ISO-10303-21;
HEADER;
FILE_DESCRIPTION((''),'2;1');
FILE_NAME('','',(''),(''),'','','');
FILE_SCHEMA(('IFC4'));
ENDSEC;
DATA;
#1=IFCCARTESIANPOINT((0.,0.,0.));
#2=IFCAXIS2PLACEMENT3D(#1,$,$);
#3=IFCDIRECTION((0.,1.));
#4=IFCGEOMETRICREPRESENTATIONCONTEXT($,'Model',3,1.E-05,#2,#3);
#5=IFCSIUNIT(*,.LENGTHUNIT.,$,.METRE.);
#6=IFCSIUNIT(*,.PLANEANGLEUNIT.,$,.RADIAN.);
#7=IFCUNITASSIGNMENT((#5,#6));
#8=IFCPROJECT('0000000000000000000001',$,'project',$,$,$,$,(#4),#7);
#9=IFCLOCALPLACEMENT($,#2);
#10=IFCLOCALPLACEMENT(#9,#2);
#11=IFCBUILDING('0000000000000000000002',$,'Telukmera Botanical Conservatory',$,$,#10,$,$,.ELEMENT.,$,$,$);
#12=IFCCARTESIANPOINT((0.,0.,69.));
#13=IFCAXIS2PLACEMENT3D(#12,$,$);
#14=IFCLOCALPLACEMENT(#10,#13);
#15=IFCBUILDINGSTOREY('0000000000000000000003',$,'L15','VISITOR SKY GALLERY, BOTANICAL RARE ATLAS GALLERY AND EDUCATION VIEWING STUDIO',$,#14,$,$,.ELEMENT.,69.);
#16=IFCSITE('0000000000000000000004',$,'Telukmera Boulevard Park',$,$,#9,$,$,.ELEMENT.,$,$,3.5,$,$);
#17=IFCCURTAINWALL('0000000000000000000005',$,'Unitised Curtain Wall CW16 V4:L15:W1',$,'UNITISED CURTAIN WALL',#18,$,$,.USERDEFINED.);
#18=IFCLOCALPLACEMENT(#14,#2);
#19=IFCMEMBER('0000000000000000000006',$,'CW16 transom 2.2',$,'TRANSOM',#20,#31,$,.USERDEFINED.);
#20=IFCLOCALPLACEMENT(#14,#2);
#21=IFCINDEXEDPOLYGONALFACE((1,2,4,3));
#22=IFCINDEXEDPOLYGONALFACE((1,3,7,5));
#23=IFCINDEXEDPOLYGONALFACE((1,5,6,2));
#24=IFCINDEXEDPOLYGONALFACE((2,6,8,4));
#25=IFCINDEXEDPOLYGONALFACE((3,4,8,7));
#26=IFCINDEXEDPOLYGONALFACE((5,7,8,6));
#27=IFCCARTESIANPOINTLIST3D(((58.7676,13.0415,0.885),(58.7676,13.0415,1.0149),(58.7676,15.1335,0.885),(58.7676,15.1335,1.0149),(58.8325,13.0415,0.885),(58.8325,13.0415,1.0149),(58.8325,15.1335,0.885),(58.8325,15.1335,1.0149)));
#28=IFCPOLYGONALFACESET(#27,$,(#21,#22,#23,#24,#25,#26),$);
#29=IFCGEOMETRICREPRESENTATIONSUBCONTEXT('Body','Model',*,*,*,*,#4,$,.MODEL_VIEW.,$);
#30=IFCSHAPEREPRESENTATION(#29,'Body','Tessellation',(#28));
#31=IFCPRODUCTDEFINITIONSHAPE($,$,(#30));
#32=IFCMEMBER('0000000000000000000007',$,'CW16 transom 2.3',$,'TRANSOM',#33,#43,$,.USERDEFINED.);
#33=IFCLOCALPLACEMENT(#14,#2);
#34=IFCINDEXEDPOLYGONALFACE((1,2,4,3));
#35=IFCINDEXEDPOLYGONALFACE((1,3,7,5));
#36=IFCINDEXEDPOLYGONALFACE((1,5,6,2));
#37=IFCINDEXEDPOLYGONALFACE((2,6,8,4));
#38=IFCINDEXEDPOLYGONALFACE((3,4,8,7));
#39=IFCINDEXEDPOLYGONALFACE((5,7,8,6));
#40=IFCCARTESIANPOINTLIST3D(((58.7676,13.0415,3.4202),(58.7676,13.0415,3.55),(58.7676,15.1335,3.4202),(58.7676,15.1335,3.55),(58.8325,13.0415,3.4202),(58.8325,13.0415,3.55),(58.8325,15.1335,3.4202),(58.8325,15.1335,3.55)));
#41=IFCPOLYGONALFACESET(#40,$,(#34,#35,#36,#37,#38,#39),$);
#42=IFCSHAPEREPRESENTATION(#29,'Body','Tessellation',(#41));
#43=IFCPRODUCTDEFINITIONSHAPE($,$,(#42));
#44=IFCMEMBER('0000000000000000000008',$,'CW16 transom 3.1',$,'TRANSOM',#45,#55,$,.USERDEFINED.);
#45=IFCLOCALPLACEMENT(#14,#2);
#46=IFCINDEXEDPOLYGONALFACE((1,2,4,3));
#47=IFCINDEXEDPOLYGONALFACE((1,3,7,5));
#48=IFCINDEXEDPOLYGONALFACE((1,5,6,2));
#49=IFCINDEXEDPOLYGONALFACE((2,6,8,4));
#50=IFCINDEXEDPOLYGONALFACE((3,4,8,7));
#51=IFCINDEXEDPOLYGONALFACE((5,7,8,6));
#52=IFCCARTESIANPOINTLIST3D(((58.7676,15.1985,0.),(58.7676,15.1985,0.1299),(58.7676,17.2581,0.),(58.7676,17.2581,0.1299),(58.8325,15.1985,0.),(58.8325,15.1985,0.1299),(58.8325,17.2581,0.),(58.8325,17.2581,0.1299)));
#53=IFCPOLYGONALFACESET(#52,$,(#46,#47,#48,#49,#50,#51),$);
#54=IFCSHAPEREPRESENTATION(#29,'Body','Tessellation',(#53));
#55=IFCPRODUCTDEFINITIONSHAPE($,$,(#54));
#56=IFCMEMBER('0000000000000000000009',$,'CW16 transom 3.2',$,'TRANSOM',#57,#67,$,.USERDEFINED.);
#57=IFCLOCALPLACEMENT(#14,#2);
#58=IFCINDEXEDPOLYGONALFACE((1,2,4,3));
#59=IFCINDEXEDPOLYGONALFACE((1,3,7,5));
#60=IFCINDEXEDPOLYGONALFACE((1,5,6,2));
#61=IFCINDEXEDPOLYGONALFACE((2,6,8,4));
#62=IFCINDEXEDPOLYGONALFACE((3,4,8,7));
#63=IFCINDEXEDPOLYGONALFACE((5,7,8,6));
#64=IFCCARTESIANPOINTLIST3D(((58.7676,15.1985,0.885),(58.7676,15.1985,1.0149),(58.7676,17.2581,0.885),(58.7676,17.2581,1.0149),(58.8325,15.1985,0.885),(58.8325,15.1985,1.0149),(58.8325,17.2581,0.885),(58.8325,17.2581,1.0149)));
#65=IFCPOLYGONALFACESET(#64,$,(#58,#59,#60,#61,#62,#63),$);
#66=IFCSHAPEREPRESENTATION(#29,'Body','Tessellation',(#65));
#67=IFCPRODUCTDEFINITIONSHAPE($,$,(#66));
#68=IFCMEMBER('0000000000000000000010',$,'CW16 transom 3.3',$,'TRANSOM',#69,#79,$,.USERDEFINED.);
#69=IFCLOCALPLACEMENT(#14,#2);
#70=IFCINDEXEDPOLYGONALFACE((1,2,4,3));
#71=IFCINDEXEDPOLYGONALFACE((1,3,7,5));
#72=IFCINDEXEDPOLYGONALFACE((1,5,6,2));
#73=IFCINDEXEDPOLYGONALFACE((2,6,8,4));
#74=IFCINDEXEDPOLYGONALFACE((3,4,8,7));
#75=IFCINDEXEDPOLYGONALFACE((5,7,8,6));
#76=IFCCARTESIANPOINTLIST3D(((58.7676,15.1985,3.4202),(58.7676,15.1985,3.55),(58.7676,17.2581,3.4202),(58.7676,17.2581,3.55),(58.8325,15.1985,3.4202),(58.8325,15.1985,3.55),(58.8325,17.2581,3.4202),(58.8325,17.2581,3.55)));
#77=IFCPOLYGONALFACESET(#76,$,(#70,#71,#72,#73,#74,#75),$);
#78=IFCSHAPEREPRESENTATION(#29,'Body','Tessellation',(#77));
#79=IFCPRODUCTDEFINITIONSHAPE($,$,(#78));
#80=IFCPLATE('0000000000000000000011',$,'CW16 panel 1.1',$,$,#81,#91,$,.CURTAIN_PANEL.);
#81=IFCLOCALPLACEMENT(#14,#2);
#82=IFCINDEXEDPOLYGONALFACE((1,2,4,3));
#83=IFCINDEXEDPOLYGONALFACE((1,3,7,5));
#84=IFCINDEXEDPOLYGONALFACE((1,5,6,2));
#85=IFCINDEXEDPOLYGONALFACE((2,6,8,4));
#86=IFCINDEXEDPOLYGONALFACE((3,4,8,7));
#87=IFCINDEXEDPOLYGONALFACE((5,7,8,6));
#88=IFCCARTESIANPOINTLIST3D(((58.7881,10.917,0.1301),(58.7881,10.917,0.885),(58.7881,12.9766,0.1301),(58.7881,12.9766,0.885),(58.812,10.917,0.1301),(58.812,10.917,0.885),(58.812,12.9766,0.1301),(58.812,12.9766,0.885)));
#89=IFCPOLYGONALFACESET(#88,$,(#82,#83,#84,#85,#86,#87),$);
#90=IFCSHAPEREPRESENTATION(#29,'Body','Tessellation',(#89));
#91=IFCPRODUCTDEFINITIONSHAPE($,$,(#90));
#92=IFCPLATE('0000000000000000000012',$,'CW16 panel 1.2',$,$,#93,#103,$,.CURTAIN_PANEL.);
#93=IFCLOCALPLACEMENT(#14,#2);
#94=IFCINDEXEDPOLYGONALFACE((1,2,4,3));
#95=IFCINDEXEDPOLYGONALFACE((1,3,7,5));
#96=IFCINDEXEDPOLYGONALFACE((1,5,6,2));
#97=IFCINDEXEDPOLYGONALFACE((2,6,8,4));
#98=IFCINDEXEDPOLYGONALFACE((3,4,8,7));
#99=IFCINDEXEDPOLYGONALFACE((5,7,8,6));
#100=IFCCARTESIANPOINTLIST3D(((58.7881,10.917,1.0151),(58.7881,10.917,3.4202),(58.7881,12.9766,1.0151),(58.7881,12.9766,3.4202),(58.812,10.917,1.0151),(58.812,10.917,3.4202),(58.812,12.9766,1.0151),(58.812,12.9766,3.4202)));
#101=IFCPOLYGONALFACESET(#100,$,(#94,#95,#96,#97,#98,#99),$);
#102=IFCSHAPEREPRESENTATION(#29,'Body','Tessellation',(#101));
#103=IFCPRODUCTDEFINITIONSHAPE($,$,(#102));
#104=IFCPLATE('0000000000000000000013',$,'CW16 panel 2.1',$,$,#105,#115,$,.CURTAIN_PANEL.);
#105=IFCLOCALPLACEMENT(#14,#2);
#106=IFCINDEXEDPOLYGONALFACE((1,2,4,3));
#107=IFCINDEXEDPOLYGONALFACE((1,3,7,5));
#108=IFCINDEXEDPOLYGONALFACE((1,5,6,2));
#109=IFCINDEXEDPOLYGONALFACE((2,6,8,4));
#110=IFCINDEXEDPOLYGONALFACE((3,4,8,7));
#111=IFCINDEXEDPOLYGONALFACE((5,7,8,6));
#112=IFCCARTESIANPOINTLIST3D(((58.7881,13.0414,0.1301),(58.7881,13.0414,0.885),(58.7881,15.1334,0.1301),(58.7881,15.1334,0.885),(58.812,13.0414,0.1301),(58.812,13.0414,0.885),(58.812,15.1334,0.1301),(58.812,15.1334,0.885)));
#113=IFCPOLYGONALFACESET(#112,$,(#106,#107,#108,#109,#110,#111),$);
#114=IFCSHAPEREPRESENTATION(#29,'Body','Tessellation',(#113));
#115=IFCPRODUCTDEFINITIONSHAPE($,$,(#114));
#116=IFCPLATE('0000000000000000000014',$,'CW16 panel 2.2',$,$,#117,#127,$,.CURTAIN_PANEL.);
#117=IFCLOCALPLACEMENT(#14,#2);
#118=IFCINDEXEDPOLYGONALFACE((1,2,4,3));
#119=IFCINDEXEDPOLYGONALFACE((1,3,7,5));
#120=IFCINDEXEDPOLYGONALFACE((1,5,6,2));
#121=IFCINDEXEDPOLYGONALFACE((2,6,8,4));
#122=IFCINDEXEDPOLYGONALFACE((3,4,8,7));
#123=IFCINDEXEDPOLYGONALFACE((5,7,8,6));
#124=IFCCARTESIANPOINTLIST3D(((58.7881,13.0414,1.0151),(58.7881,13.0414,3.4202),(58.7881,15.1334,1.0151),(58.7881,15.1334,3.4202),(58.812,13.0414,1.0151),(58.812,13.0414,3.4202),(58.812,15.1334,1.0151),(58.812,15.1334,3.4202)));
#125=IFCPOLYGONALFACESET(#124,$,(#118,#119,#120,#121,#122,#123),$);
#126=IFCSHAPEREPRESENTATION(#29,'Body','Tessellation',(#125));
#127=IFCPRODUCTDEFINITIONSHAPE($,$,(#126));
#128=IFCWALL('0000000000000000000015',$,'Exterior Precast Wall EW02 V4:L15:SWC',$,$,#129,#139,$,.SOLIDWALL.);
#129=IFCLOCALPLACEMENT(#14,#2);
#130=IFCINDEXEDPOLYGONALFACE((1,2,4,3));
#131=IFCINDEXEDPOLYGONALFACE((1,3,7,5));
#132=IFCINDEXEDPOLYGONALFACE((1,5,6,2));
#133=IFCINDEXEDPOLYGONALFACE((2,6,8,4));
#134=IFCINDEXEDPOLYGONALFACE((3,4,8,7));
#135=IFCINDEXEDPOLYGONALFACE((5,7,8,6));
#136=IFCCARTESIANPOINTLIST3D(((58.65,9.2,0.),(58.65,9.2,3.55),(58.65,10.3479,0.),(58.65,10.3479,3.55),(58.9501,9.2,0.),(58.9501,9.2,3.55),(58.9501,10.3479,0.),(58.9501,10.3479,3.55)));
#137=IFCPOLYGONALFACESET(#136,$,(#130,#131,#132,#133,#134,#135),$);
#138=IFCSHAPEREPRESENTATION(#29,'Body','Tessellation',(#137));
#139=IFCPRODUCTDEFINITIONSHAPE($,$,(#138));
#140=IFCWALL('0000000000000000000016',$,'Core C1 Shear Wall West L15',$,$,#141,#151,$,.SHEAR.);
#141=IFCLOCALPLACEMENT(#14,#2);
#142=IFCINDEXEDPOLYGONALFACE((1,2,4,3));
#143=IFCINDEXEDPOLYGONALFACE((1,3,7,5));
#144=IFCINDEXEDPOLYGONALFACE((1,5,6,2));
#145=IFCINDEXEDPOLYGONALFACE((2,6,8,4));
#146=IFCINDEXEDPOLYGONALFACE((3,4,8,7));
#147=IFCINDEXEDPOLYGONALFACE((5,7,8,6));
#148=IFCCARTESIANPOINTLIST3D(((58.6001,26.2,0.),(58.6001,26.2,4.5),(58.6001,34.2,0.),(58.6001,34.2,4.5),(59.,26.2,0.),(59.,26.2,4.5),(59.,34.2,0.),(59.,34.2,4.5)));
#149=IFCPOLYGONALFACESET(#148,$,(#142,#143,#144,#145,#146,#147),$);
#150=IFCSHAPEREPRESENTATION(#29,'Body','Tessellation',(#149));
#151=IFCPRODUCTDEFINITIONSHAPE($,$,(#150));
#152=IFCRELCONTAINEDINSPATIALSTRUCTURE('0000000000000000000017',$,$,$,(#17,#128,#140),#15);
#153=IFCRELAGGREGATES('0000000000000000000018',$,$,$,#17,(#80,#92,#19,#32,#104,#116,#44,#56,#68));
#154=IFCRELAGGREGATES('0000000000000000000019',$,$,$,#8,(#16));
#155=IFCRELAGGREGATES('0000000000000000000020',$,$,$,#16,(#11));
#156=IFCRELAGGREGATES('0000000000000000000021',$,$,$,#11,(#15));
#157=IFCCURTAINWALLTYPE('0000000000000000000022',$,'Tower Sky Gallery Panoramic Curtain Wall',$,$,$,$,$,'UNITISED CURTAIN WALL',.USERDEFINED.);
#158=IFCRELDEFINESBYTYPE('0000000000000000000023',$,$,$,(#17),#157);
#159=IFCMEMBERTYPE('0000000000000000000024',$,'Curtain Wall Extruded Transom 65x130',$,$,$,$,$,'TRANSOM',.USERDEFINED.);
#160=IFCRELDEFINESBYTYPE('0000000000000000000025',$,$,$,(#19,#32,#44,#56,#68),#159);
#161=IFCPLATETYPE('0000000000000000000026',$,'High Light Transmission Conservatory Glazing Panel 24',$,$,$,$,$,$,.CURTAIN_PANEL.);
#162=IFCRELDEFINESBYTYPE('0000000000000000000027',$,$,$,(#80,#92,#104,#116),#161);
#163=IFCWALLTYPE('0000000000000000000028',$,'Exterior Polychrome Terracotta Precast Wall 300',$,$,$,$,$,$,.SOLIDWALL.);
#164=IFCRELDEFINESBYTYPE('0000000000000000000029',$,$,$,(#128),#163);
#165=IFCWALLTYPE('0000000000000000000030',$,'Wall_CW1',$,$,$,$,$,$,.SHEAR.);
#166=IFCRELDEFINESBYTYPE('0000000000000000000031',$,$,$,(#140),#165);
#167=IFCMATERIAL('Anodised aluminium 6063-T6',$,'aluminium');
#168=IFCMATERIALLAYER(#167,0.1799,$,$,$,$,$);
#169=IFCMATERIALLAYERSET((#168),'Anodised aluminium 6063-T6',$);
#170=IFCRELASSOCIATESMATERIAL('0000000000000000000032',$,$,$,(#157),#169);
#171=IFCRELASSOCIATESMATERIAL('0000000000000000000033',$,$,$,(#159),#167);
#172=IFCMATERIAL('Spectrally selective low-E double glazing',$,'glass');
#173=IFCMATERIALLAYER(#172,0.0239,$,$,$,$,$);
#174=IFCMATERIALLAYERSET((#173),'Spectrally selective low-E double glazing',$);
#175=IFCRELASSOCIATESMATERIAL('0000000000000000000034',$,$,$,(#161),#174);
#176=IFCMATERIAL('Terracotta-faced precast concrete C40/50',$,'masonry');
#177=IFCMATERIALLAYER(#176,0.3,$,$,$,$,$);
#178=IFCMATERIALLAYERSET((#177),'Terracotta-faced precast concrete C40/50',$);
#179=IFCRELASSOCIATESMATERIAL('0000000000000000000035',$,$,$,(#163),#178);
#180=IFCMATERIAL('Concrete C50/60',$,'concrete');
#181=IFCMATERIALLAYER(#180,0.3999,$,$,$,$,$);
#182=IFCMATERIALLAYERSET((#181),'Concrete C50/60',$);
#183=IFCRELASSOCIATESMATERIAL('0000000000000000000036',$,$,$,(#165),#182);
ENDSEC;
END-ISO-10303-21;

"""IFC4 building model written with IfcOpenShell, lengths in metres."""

from ifc_helpers import new_model, si_unit, direction, frame, frame_2d, origin, origin_2d, place, context, subcontext, project, spatial, rectangle, extrude, material, layer, layer_set, material_profile, profile_set, type_object, element, aggregate, save


model = new_model("IFC4")

# Units and contexts
model_context = context("Model", 3, precision=1e-05, world=origin(), true_north=direction((0.0, 1.0)))
body_context = subcontext(model_context, "Body", "Model", "MODEL_VIEW")
ifc_project = project(units=[si_unit("LENGTHUNIT", "METRE"), si_unit("PLANEANGLEUNIT", "RADIAN")], contexts=[model_context])

# Site, building, storey
site_placement = place(None, origin())
site = spatial("IfcSite", under=ifc_project, at=site_placement, Name="Telukmera Boulevard Park", CompositionType="ELEMENT", RefElevation=3.5)
building_placement = place(site_placement, origin())
building = spatial("IfcBuilding", under=site, at=building_placement, Name="Telukmera Botanical Conservatory", CompositionType="ELEMENT")
storey_placement = place(building_placement, frame((0.0, 0.0, 69.0)))
storey = spatial("IfcBuildingStorey", under=building, at=storey_placement, Name="L15", Description="VISITOR SKY GALLERY, BOTANICAL RARE ATLAS GALLERY AND EDUCATION VIEWING STUDIO", CompositionType="ELEMENT", Elevation=69.0)

# Shared definitions
ifc_material_1 = material(Name="Concrete C50/60", Category="concrete")

# Curtain wall, members, plates
ifc_material_2 = material(Name="Anodised aluminium 6063-T6", Category="aluminium")
ifc_layer_1 = layer(ifc_material_2, 0.1799)
ifc_layer_set_1 = layer_set([ifc_layer_1], Name="Anodised aluminium 6063-T6")
curtain_wall_type = type_object("IfcCurtainWallType", Name="Tower Sky Gallery Panoramic Curtain Wall", ElementType="UNITISED CURTAIN WALL", PredefinedType="USERDEFINED", material=ifc_layer_set_1)
curtain_wall_placement = place(storey_placement, origin())
curtain_wall = element("IfcCurtainWall", 1, at=curtain_wall_placement, inside=storey, type_object=curtain_wall_type, Name="Unitised Curtain Wall CW16 V4:L15:W1", ObjectType="UNITISED CURTAIN WALL", PredefinedType="USERDEFINED")
ifc_material_profile_1 = material_profile(ifc_material_2, rectangle(XDim=0.0649, YDim=0.1299, at=origin_2d()), Name="ALU TRAN 65x130")
ifc_profile_set_1 = profile_set([ifc_material_profile_1], Name="Anodised aluminium 6063-T6")
member_type_1 = type_object("IfcMemberType", Name="Curtain Wall Extruded Transom 65x130", ElementType="TRANSOM", PredefinedType="USERDEFINED", material=ifc_profile_set_1)
member_1_placement = place(storey_placement, frame((58.8, 13.0415, 0.95), z_axis=(0.0, 1.0, 0.0), x_axis=(-1.0, 0.0, 0.0)))
member_1 = element("IfcMember", 2, at=member_1_placement, type_object=member_type_1, Name="CW16 transom 2.2", ObjectType="TRANSOM", PredefinedType="USERDEFINED", context=body_context, shape_type="SweptSolid", body=[
    extrude(rectangle(XDim=0.0649, YDim=0.1299, at=origin_2d()), origin(), (0.0, 0.0, 1.0), 2.092),
])
member_2_placement = place(storey_placement, frame((58.8, 13.0415, 3.4851), z_axis=(0.0, 1.0, 0.0), x_axis=(-1.0, 0.0, 0.0)))
member_2 = element("IfcMember", 3, at=member_2_placement, type_object=member_type_1, Name="CW16 transom 2.3", ObjectType="TRANSOM", PredefinedType="USERDEFINED", context=body_context, shape_type="SweptSolid", body=[
    extrude(rectangle(XDim=0.0649, YDim=0.1299, at=origin_2d()), origin(), (0.0, 0.0, 1.0), 2.092),
])
member_3_placement = place(storey_placement, frame((58.8, 15.1985, 0.0649), z_axis=(0.0, 1.0, 0.0), x_axis=(-1.0, 0.0, 0.0)))
member_3 = element("IfcMember", 4, at=member_3_placement, type_object=member_type_1, Name="CW16 transom 3.1", ObjectType="TRANSOM", PredefinedType="USERDEFINED", context=body_context, shape_type="SweptSolid", body=[
    extrude(rectangle(XDim=0.0649, YDim=0.1299, at=origin_2d()), origin(), (0.0, 0.0, 1.0), 2.0596),
])
member_4_placement = place(storey_placement, frame((58.8, 15.1985, 0.95), z_axis=(0.0, 1.0, 0.0), x_axis=(-1.0, 0.0, 0.0)))
member_4 = element("IfcMember", 5, at=member_4_placement, type_object=member_type_1, Name="CW16 transom 3.2", ObjectType="TRANSOM", PredefinedType="USERDEFINED", context=body_context, shape_type="SweptSolid", body=[
    extrude(rectangle(XDim=0.0649, YDim=0.1299, at=origin_2d()), origin(), (0.0, 0.0, 1.0), 2.0596),
])
member_5_placement = place(storey_placement, frame((58.8, 15.1985, 3.4851), z_axis=(0.0, 1.0, 0.0), x_axis=(-1.0, 0.0, 0.0)))
member_5 = element("IfcMember", 6, at=member_5_placement, type_object=member_type_1, Name="CW16 transom 3.3", ObjectType="TRANSOM", PredefinedType="USERDEFINED", context=body_context, shape_type="SweptSolid", body=[
    extrude(rectangle(XDim=0.0649, YDim=0.1299, at=origin_2d()), origin(), (0.0, 0.0, 1.0), 2.0596),
])
ifc_material_3 = material(Name="Spectrally selective low-E double glazing", Category="glass")
ifc_layer_2 = layer(ifc_material_3, 0.0239)
ifc_layer_set_2 = layer_set([ifc_layer_2], Name="Spectrally selective low-E double glazing")
plate_type = type_object("IfcPlateType", Name="High Light Transmission Conservatory Glazing Panel 24", PredefinedType="CURTAIN_PANEL", material=ifc_layer_set_2)
plate_1_placement = place(storey_placement, frame((58.8, 11.9468, 0.1301), z_axis=(0.0, 0.0, 1.0), x_axis=(0.0, 1.0, 0.0)))
plate_1 = element("IfcPlate", 7, at=plate_1_placement, type_object=plate_type, Name="CW16 panel 1.1", PredefinedType="CURTAIN_PANEL", context=body_context, shape_type="SweptSolid", body=[
    extrude(rectangle(XDim=2.0596, YDim=0.0239, at=origin_2d()), origin(), (0.0, 0.0, 1.0), 0.7549),
])
plate_2_placement = place(storey_placement, frame((58.8, 11.9468, 1.0151), z_axis=(0.0, 0.0, 1.0), x_axis=(0.0, 1.0, 0.0)))
plate_2 = element("IfcPlate", 8, at=plate_2_placement, type_object=plate_type, Name="CW16 panel 1.2", PredefinedType="CURTAIN_PANEL", context=body_context, shape_type="SweptSolid", body=[
    extrude(rectangle(XDim=2.0596, YDim=0.0239, at=origin_2d()), origin(), (0.0, 0.0, 1.0), 2.405),
])
plate_3_placement = place(storey_placement, frame((58.8, 14.0874, 0.1301), z_axis=(0.0, 0.0, 1.0), x_axis=(0.0, 1.0, 0.0)))
plate_3 = element("IfcPlate", 9, at=plate_3_placement, type_object=plate_type, Name="CW16 panel 2.1", PredefinedType="CURTAIN_PANEL", context=body_context, shape_type="SweptSolid", body=[
    extrude(rectangle(XDim=2.092, YDim=0.0239, at=origin_2d()), origin(), (0.0, 0.0, 1.0), 0.7549),
])
plate_4_placement = place(storey_placement, frame((58.8, 14.0874, 1.0151), z_axis=(0.0, 0.0, 1.0), x_axis=(0.0, 1.0, 0.0)))
plate_4 = element("IfcPlate", 10, at=plate_4_placement, type_object=plate_type, Name="CW16 panel 2.2", PredefinedType="CURTAIN_PANEL", context=body_context, shape_type="SweptSolid", body=[
    extrude(rectangle(XDim=2.092, YDim=0.0239, at=origin_2d()), origin(), (0.0, 0.0, 1.0), 2.405),
])
aggregate(curtain_wall, [plate_1, plate_2, member_1, member_2, plate_3, plate_4, member_3, member_4, member_5])

# Walls
ifc_material_4 = material(Name="Terracotta-faced precast concrete C40/50", Category="masonry")
ifc_layer_3 = layer(ifc_material_4, 0.3)
ifc_layer_set_3 = layer_set([ifc_layer_3], Name="Terracotta-faced precast concrete C40/50")
wall_type_1 = type_object("IfcWallType", Name="Exterior Polychrome Terracotta Precast Wall 300", PredefinedType="SOLIDWALL", material=ifc_layer_set_3)
wall_1_placement = place(storey_placement, frame((58.8, 9.2, 0.0), z_axis=(0.0, 0.0, 1.0), x_axis=(0.0, 1.0, 0.0)))
element("IfcWall", 11, at=wall_1_placement, inside=storey, type_object=wall_type_1, Name="Exterior Precast Wall EW02 V4:L15:SWC", PredefinedType="SOLIDWALL", context=body_context, shape_type="SweptSolid", body=[
    extrude(rectangle(XDim=1.1479, YDim=0.3, at=frame_2d((0.574, 0.0))), origin(), (0.0, 0.0, 1.0), 3.55),
])
ifc_layer_4 = layer(ifc_material_1, 0.3999)
ifc_layer_set_4 = layer_set([ifc_layer_4], Name="Concrete C50/60")
wall_type_2 = type_object("IfcWallType", Name="Wall_CW1", PredefinedType="SHEAR", material=ifc_layer_set_4)
wall_2_placement = place(storey_placement, frame((58.8, 26.2, 0.0), z_axis=(0.0, 0.0, 1.0), x_axis=(0.0, 1.0, 0.0)))
element("IfcWall", 12, at=wall_2_placement, inside=storey, type_object=wall_type_2, Name="Core C1 Shear Wall West L15", PredefinedType="SHEAR", context=body_context, shape_type="SweptSolid", body=[
    extrude(rectangle(XDim=8.0, YDim=0.3999, at=frame_2d((4.0, 0.0))), origin(), (0.0, 0.0, 1.0), 4.5),
])

save(model, "model.ifc")
